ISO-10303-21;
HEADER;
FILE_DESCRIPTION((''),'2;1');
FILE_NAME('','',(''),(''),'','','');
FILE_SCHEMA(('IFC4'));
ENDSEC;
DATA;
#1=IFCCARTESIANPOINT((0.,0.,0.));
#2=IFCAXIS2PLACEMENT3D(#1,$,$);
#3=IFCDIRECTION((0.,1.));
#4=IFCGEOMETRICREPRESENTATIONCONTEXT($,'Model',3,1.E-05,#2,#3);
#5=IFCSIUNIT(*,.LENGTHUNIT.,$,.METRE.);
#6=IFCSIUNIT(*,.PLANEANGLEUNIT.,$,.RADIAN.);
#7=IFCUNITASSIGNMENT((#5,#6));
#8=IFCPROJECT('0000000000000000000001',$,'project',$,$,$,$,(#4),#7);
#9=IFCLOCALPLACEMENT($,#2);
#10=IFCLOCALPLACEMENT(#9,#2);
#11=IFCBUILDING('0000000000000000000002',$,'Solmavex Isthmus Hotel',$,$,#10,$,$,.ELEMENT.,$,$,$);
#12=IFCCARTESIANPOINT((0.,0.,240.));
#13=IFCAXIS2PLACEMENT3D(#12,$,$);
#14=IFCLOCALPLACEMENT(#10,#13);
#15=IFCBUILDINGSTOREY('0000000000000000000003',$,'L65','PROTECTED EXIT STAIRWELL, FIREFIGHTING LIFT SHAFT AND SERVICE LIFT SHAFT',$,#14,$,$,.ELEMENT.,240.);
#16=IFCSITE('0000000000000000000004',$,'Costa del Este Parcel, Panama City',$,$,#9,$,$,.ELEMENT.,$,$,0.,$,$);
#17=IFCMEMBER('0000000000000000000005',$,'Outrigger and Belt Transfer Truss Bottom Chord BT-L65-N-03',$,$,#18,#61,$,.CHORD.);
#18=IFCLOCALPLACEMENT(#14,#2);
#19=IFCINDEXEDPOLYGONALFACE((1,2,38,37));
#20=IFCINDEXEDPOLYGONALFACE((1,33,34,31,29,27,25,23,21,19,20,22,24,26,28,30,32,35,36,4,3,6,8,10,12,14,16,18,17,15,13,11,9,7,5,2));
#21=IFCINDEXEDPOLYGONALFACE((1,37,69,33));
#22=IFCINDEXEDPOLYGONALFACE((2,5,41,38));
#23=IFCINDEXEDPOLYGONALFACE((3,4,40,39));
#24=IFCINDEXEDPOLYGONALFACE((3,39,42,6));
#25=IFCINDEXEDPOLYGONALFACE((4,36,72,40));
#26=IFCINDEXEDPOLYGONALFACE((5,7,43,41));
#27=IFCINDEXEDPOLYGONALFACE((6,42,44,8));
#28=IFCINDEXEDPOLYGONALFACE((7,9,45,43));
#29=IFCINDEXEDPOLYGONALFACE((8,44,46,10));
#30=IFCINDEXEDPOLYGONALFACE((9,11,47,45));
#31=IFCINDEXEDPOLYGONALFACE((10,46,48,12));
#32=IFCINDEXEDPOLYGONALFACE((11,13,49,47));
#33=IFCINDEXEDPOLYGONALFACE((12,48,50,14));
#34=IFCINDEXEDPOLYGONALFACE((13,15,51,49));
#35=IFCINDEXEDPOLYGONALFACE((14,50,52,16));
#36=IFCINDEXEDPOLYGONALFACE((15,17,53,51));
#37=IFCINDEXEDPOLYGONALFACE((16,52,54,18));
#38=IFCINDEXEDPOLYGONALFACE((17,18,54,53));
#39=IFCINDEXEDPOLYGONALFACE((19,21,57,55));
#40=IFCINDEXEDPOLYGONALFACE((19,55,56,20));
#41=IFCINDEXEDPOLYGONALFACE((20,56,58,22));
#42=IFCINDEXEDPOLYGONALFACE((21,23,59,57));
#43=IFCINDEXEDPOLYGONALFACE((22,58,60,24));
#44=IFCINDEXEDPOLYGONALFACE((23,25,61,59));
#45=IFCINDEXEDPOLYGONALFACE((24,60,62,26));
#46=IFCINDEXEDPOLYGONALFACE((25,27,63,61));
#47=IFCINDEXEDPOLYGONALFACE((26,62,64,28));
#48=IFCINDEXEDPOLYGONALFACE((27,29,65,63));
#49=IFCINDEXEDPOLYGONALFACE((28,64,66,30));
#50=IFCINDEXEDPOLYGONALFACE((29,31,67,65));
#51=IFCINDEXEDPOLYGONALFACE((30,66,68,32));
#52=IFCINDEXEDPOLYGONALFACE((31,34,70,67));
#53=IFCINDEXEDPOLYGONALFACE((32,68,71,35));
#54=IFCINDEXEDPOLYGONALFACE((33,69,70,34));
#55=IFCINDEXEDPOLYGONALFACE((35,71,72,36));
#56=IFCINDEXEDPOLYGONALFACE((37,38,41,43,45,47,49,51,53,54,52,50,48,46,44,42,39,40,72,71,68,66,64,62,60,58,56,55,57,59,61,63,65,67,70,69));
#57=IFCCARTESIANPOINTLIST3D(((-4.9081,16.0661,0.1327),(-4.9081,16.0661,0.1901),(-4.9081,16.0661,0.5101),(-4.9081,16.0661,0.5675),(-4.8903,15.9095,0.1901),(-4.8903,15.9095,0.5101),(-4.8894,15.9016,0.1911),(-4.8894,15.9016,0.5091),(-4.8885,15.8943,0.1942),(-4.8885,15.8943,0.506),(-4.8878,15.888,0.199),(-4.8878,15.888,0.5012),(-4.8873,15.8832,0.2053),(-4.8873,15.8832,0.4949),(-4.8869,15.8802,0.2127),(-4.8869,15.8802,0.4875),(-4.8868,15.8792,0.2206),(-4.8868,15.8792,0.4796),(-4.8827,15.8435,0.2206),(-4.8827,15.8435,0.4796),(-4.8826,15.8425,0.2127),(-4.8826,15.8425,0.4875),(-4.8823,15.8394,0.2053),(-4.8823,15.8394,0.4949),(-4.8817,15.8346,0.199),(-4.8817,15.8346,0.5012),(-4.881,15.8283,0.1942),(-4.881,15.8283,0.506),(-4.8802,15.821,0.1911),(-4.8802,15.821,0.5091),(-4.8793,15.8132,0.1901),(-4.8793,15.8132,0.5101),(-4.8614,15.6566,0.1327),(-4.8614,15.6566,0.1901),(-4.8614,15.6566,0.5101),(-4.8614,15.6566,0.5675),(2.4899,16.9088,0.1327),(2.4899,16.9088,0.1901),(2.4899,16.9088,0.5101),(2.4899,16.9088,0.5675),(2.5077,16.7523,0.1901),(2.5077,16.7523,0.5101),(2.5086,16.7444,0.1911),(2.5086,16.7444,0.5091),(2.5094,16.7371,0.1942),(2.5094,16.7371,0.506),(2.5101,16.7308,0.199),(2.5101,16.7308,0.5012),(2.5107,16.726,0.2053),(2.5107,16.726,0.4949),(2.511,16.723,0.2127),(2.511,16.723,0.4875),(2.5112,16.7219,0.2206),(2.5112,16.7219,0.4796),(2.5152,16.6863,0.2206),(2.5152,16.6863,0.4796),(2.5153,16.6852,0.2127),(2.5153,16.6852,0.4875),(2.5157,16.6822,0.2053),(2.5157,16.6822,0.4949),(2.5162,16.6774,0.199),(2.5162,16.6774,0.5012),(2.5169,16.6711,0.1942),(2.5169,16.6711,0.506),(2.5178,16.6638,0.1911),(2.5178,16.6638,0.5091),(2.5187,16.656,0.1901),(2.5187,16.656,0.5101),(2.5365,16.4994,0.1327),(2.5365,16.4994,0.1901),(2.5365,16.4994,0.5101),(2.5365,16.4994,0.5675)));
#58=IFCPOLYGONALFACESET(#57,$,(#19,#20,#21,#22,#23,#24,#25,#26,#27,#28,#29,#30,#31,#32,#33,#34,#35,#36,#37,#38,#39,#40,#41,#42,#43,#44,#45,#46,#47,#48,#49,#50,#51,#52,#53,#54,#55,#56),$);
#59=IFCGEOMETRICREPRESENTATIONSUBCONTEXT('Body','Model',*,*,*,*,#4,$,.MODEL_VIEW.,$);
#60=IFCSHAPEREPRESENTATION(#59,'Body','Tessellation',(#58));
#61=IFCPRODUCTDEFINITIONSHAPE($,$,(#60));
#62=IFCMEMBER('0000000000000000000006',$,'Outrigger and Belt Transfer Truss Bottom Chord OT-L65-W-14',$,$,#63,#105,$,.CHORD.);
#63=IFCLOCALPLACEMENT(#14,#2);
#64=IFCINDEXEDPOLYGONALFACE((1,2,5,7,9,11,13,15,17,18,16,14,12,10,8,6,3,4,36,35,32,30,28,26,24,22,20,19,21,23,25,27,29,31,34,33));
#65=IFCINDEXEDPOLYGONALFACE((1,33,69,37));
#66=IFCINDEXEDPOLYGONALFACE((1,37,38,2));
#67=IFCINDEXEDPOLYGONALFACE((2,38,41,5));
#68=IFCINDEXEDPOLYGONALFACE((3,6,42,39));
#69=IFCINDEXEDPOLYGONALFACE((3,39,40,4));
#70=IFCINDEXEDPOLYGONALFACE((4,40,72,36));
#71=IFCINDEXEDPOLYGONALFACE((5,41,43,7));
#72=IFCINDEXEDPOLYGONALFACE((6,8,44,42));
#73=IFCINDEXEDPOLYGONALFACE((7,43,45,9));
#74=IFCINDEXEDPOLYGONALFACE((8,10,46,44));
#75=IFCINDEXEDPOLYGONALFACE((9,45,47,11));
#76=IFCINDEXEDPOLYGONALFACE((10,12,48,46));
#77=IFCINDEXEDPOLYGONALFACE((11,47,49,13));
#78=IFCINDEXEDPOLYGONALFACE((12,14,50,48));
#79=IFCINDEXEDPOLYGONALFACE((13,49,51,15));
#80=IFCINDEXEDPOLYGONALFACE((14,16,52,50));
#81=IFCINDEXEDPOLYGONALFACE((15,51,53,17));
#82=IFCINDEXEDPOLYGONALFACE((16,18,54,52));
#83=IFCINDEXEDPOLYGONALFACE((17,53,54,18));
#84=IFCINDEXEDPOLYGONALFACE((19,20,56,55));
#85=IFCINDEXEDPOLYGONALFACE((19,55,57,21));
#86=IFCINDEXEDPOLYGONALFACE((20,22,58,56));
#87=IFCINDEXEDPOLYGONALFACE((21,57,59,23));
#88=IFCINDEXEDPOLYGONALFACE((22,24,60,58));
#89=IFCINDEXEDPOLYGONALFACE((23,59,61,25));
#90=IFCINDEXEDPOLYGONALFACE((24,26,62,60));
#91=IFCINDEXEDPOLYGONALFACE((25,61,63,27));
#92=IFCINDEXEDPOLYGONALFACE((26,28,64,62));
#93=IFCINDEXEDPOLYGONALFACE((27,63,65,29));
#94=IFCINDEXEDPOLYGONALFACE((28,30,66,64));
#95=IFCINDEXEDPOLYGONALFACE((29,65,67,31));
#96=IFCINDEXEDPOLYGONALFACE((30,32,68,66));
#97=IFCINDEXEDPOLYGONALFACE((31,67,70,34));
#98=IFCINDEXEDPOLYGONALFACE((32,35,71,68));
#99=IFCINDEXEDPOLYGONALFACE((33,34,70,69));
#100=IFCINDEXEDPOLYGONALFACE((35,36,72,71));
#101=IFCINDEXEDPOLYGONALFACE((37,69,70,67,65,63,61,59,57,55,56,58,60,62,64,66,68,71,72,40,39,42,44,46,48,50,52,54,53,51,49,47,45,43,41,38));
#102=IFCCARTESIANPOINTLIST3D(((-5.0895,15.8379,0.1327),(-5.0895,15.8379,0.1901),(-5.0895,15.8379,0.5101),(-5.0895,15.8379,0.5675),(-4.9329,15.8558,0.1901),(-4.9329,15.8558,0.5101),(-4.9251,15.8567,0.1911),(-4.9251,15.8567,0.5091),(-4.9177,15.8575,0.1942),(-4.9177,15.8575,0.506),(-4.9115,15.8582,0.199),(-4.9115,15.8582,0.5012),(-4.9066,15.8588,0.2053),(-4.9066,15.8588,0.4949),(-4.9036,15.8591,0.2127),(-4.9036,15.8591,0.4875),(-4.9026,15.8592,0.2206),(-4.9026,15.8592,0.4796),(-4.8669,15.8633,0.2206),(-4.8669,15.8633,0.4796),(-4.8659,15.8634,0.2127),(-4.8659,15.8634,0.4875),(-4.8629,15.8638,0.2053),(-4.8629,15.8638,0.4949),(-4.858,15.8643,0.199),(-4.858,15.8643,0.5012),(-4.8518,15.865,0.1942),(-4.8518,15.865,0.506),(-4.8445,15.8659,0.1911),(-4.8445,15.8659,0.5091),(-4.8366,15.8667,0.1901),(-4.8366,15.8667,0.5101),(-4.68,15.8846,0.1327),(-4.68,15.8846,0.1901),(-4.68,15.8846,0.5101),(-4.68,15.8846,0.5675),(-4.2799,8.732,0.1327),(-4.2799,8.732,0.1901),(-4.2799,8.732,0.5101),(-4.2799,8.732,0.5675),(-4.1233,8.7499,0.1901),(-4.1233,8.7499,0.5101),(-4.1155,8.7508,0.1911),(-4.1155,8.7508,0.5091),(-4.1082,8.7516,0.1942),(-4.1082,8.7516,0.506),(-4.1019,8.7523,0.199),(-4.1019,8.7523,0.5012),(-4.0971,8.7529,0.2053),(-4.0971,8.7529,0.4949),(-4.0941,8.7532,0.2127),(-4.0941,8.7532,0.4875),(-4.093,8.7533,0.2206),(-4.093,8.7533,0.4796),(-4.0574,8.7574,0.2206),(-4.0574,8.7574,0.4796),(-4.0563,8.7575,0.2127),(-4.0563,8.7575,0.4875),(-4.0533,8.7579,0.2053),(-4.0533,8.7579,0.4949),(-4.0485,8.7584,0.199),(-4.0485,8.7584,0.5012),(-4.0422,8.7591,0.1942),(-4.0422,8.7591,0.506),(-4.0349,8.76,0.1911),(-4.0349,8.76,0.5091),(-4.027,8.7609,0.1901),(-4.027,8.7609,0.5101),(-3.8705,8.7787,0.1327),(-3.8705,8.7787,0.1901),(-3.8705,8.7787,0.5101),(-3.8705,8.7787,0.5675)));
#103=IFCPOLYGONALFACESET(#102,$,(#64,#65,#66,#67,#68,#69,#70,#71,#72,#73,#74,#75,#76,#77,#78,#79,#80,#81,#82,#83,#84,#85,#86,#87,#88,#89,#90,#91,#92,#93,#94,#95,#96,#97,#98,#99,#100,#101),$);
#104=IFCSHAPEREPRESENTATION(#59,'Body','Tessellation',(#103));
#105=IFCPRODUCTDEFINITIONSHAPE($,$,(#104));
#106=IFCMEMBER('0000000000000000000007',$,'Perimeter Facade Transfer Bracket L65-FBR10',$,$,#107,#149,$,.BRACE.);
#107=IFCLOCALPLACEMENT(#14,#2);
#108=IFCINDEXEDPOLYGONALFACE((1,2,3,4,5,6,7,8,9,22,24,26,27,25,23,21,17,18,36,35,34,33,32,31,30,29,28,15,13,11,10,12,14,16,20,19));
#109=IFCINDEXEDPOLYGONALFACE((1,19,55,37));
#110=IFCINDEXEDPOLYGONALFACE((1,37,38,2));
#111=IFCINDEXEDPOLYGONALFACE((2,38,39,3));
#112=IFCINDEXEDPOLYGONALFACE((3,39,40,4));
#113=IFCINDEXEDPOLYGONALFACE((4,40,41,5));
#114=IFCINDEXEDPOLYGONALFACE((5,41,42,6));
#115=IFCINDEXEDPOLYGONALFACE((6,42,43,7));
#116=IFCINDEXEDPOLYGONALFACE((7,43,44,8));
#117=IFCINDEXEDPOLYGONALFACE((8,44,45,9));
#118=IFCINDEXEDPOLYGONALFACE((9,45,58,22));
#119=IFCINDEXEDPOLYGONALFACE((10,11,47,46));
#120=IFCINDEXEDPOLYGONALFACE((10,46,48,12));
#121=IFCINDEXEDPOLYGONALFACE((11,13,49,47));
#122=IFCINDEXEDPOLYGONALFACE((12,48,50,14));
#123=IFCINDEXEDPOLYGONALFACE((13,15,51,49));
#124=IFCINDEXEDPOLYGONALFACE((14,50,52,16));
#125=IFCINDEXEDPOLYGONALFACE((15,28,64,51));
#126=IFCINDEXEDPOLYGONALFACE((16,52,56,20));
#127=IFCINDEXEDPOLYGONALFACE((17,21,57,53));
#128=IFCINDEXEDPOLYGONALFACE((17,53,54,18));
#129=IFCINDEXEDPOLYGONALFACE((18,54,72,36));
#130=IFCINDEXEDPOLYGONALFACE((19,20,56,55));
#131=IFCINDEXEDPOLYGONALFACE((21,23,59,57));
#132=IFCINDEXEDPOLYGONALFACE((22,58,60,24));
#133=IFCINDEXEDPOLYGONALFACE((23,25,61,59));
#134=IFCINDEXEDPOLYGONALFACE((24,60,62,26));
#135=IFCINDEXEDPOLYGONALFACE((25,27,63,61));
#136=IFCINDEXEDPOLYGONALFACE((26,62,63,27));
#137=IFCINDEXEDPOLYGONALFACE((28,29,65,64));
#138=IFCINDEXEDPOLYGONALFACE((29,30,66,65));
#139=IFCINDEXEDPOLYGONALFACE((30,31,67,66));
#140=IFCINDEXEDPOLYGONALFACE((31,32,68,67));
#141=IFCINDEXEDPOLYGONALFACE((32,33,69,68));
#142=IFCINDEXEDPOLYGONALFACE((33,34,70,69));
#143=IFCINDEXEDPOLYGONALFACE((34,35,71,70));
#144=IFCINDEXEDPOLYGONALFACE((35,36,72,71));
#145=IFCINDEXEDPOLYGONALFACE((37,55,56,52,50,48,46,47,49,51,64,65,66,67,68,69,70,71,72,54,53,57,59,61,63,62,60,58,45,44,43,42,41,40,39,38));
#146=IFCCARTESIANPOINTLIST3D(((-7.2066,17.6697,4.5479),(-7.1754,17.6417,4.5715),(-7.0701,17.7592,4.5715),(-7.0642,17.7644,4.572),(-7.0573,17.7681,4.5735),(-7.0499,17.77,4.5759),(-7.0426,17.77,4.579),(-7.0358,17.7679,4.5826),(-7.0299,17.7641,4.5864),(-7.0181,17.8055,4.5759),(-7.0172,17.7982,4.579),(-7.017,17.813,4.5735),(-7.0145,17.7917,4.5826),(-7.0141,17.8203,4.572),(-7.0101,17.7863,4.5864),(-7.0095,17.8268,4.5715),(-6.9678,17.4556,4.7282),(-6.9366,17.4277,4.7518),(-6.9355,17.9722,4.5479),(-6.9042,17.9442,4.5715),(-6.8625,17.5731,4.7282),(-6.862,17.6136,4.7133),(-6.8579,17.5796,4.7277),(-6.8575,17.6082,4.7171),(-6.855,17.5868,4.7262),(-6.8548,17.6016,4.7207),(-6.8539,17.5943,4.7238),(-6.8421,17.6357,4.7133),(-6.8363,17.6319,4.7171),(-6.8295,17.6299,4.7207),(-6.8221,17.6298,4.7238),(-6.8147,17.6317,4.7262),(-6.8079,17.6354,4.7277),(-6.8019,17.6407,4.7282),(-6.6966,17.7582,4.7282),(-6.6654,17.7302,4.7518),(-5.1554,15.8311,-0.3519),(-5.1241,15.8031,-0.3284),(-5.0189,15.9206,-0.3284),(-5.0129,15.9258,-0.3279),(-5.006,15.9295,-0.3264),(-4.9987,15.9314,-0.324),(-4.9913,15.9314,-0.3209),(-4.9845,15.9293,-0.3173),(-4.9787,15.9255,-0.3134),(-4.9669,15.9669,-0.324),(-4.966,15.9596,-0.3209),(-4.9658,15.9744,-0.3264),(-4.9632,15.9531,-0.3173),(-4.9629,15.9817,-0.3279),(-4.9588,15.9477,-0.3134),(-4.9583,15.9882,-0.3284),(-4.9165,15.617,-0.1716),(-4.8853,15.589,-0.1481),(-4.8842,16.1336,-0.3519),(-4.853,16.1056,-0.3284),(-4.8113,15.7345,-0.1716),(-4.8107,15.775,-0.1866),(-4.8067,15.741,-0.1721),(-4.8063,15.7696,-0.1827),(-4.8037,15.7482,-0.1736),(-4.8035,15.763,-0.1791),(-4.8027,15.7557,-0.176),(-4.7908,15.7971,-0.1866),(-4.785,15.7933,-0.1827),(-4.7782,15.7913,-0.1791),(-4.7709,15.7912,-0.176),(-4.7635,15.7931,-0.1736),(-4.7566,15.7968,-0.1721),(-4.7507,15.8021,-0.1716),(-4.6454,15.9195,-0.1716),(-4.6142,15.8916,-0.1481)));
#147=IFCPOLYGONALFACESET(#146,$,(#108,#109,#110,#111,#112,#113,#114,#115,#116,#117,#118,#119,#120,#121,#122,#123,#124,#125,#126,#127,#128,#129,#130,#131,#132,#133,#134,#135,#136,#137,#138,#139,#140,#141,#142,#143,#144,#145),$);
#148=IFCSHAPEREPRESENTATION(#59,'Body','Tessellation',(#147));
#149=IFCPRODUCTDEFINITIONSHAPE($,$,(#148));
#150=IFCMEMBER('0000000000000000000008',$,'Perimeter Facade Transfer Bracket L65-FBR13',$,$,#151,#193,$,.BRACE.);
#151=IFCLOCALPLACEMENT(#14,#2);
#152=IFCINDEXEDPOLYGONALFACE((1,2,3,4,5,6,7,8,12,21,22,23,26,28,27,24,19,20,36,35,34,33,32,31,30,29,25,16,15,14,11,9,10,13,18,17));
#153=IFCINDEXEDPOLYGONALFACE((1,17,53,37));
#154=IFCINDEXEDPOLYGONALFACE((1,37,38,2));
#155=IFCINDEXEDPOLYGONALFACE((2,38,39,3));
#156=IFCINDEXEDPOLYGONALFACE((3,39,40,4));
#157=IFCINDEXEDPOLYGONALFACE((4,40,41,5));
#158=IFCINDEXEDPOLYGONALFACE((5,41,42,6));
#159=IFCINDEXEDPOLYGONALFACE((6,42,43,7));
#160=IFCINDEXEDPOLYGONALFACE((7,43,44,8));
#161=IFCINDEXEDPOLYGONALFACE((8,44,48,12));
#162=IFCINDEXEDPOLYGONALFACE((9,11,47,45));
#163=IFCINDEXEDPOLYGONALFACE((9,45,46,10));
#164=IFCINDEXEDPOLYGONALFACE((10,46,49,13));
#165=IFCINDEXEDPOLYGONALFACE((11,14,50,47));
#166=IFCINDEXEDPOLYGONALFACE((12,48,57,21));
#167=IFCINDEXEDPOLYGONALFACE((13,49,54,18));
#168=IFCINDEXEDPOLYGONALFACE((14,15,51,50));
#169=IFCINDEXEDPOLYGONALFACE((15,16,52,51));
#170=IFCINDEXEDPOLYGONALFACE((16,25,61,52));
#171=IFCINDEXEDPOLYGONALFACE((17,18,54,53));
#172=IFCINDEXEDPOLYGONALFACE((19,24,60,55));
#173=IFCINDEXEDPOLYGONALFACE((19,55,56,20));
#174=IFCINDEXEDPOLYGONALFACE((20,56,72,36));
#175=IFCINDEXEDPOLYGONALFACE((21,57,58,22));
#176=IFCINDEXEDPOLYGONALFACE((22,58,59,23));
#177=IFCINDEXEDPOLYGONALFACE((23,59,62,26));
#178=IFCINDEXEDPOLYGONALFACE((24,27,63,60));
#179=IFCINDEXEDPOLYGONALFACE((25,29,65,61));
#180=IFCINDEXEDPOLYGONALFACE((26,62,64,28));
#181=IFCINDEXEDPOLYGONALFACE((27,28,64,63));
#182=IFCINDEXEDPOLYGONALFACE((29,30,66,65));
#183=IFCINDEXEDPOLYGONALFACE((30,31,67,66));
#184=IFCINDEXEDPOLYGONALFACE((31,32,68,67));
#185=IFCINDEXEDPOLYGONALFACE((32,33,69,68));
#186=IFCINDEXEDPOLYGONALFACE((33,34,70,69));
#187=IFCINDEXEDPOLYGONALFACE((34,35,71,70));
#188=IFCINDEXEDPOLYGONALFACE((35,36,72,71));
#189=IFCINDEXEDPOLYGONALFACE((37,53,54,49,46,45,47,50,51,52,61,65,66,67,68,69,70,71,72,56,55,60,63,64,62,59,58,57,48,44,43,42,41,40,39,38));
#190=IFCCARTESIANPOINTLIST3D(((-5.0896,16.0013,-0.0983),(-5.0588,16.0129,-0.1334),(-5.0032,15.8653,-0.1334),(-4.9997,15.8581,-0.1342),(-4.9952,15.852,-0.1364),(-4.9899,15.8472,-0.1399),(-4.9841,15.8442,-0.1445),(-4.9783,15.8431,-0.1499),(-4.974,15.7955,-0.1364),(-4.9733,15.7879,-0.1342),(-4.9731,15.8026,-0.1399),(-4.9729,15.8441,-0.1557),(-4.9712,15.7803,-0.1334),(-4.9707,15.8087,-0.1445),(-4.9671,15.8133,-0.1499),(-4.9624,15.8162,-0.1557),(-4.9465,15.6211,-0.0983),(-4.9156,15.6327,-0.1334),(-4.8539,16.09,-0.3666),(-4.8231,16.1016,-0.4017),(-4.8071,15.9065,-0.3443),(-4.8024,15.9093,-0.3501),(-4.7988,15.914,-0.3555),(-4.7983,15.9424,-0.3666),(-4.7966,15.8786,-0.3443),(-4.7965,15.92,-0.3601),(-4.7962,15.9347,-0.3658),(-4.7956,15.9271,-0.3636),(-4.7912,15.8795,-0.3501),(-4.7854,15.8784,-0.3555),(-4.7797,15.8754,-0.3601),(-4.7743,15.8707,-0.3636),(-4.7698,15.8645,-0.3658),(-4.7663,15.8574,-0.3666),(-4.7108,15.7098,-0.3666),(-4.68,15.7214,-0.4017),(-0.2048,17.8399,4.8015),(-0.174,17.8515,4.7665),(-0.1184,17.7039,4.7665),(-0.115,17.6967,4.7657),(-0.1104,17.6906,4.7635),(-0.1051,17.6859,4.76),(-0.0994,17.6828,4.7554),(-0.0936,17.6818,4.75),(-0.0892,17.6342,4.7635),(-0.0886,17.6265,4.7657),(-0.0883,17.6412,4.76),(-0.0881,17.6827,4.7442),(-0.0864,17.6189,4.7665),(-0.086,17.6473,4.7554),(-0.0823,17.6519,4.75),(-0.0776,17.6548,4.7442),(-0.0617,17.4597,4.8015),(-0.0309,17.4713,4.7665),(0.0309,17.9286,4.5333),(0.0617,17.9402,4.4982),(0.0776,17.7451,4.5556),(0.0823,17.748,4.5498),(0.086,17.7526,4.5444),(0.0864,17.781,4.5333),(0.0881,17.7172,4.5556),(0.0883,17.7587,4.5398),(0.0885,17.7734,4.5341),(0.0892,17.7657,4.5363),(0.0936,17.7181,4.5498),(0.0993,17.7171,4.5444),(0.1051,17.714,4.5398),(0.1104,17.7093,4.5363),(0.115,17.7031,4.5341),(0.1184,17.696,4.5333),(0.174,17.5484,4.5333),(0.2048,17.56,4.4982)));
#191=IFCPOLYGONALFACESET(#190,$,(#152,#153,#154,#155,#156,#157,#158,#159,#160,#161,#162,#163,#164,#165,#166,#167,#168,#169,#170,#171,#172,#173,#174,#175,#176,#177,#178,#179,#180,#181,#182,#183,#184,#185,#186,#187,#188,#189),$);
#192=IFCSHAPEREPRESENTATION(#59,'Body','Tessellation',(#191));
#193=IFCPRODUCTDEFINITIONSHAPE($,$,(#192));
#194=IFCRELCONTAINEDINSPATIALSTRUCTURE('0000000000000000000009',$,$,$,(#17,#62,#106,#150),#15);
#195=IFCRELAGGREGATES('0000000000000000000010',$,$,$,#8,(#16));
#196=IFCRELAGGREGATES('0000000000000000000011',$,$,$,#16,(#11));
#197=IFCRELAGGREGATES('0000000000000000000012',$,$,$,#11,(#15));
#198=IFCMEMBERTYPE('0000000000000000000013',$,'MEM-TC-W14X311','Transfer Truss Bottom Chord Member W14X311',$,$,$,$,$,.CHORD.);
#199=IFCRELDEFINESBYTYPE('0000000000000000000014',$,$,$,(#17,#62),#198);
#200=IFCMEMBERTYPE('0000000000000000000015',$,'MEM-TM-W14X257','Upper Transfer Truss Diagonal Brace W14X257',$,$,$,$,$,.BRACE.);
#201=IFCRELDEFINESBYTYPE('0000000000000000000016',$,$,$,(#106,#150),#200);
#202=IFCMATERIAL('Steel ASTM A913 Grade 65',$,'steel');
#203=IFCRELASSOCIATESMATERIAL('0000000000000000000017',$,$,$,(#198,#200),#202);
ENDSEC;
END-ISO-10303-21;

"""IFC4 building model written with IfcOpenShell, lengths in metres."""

from ifc_helpers import new_model, si_unit, direction, frame, origin, origin_2d, place, context, subcontext, project, spatial, i_section, extrude, material, material_profile, profile_set, type_object, element, save


model = new_model("IFC4")

# Units and contexts
model_context = context("Model", 3, precision=1e-05, world=origin(), true_north=direction((0.0, 1.0)))
body_context = subcontext(model_context, "Body", "Model", "MODEL_VIEW")
ifc_project = project(units=[si_unit("LENGTHUNIT", "METRE"), si_unit("PLANEANGLEUNIT", "RADIAN")], contexts=[model_context])

# Site, building, storey
site_placement = place(None, origin())
site = spatial("IfcSite", under=ifc_project, at=site_placement, Name="Costa del Este Parcel, Panama City", CompositionType="ELEMENT", RefElevation=0.0)
building_placement = place(site_placement, origin())
building = spatial("IfcBuilding", under=site, at=building_placement, Name="Solmavex Isthmus Hotel", CompositionType="ELEMENT")
storey_placement = place(building_placement, frame((0.0, 0.0, 240.0)))
storey = spatial("IfcBuildingStorey", under=building, at=storey_placement, Name="L65", Description="PROTECTED EXIT STAIRWELL, FIREFIGHTING LIFT SHAFT AND SERVICE LIFT SHAFT", CompositionType="ELEMENT", Elevation=240.0)

# Shared definitions
ifc_material_1 = material(Name="Steel ASTM A913 Grade 65", Category="steel")

# Members
ifc_material_profile_1 = material_profile(ifc_material_1, i_section(OverallWidth=0.4121, OverallDepth=0.4348, WebThickness=0.0359, FlangeThickness=0.0574, FilletRadius=0.0305, at=origin_2d()), Name="W14X311")
ifc_profile_set_1 = profile_set([ifc_material_profile_1], Name="Steel ASTM A913 Grade 65")
member_type_1 = type_object("IfcMemberType", Name="MEM-TC-W14X311", Description="Transfer Truss Bottom Chord Member W14X311", PredefinedType="CHORD", material=ifc_profile_set_1)
member_1_placement = place(storey_placement, frame((-4.8848, 15.8613, 0.3501), z_axis=(0.993574, 0.113188, 0.0), x_axis=(-0.113188, 0.993574, 0.0)))
element("IfcMember", 1, at=member_1_placement, inside=storey, type_object=member_type_1, Name="Outrigger and Belt Transfer Truss Bottom Chord BT-L65-N-03", PredefinedType="CHORD", context=body_context, shape_type="SweptSolid", body=[
    extrude(i_section(OverallWidth=0.4121, OverallDepth=0.4348, WebThickness=0.0359, FlangeThickness=0.0574, FilletRadius=0.0305, at=origin_2d()), origin(), (0.0, 0.0, 1.0), 7.4458),
])
member_2_placement = place(storey_placement, frame((-4.0752, 8.7554, 0.3501), z_axis=(-0.113196, 0.993573, 0.0), x_axis=(-0.993573, -0.113196, 0.0)))
element("IfcMember", 2, at=member_2_placement, inside=storey, type_object=member_type_1, Name="Outrigger and Belt Transfer Truss Bottom Chord OT-L65-W-14", PredefinedType="CHORD", context=body_context, shape_type="SweptSolid", body=[
    extrude(i_section(OverallWidth=0.4121, OverallDepth=0.4348, WebThickness=0.0359, FlangeThickness=0.0574, FilletRadius=0.0305, at=origin_2d()), origin(), (0.0, 0.0, 1.0), 7.1519),
])
ifc_material_profile_2 = material_profile(ifc_material_1, i_section(OverallWidth=0.4062, OverallDepth=0.416, WebThickness=0.0298, FlangeThickness=0.0481, FilletRadius=0.0305, at=origin_2d()), Name="W14X257")
ifc_profile_set_2 = profile_set([ifc_material_profile_2], Name="Steel ASTM A913 Grade 65")
member_type_2 = type_object("IfcMemberType", Name="MEM-TM-W14X257", Description="Upper Transfer Truss Diagonal Brace W14X257", PredefinedType="BRACE", material=ifc_profile_set_2)
member_3_placement = place(storey_placement, frame((-4.8848, 15.8613, -0.25), z_axis=(-0.36492, 0.32709, 0.871691), x_axis=(-0.667455, -0.74465, 0.0)))
element("IfcMember", 3, at=member_3_placement, inside=storey, type_object=member_type_2, Name="Perimeter Facade Transfer Bracket L65-FBR10", PredefinedType="BRACE", context=body_context, shape_type="SweptSolid", body=[
    extrude(i_section(OverallWidth=0.4062, OverallDepth=0.416, WebThickness=0.0298, FlangeThickness=0.0481, FilletRadius=0.0305, at=origin_2d()), origin(), (0.0, 0.0, 1.0), 5.6211),
])
member_4_placement = place(storey_placement, frame((-4.8848, 15.8613, -0.25), z_axis=(0.68233, 0.256829, 0.684445), x_axis=(-0.352271, 0.935898, 0.0)))
element("IfcMember", 4, at=member_4_placement, inside=storey, type_object=member_type_2, Name="Perimeter Facade Transfer Bracket L65-FBR13", PredefinedType="BRACE", context=body_context, shape_type="SweptSolid", body=[
    extrude(i_section(OverallWidth=0.4062, OverallDepth=0.416, WebThickness=0.0298, FlangeThickness=0.0481, FilletRadius=0.0305, at=origin_2d()), origin(), (0.0, 0.0, 1.0), 7.1589),
])

save(model, "model.ifc")
